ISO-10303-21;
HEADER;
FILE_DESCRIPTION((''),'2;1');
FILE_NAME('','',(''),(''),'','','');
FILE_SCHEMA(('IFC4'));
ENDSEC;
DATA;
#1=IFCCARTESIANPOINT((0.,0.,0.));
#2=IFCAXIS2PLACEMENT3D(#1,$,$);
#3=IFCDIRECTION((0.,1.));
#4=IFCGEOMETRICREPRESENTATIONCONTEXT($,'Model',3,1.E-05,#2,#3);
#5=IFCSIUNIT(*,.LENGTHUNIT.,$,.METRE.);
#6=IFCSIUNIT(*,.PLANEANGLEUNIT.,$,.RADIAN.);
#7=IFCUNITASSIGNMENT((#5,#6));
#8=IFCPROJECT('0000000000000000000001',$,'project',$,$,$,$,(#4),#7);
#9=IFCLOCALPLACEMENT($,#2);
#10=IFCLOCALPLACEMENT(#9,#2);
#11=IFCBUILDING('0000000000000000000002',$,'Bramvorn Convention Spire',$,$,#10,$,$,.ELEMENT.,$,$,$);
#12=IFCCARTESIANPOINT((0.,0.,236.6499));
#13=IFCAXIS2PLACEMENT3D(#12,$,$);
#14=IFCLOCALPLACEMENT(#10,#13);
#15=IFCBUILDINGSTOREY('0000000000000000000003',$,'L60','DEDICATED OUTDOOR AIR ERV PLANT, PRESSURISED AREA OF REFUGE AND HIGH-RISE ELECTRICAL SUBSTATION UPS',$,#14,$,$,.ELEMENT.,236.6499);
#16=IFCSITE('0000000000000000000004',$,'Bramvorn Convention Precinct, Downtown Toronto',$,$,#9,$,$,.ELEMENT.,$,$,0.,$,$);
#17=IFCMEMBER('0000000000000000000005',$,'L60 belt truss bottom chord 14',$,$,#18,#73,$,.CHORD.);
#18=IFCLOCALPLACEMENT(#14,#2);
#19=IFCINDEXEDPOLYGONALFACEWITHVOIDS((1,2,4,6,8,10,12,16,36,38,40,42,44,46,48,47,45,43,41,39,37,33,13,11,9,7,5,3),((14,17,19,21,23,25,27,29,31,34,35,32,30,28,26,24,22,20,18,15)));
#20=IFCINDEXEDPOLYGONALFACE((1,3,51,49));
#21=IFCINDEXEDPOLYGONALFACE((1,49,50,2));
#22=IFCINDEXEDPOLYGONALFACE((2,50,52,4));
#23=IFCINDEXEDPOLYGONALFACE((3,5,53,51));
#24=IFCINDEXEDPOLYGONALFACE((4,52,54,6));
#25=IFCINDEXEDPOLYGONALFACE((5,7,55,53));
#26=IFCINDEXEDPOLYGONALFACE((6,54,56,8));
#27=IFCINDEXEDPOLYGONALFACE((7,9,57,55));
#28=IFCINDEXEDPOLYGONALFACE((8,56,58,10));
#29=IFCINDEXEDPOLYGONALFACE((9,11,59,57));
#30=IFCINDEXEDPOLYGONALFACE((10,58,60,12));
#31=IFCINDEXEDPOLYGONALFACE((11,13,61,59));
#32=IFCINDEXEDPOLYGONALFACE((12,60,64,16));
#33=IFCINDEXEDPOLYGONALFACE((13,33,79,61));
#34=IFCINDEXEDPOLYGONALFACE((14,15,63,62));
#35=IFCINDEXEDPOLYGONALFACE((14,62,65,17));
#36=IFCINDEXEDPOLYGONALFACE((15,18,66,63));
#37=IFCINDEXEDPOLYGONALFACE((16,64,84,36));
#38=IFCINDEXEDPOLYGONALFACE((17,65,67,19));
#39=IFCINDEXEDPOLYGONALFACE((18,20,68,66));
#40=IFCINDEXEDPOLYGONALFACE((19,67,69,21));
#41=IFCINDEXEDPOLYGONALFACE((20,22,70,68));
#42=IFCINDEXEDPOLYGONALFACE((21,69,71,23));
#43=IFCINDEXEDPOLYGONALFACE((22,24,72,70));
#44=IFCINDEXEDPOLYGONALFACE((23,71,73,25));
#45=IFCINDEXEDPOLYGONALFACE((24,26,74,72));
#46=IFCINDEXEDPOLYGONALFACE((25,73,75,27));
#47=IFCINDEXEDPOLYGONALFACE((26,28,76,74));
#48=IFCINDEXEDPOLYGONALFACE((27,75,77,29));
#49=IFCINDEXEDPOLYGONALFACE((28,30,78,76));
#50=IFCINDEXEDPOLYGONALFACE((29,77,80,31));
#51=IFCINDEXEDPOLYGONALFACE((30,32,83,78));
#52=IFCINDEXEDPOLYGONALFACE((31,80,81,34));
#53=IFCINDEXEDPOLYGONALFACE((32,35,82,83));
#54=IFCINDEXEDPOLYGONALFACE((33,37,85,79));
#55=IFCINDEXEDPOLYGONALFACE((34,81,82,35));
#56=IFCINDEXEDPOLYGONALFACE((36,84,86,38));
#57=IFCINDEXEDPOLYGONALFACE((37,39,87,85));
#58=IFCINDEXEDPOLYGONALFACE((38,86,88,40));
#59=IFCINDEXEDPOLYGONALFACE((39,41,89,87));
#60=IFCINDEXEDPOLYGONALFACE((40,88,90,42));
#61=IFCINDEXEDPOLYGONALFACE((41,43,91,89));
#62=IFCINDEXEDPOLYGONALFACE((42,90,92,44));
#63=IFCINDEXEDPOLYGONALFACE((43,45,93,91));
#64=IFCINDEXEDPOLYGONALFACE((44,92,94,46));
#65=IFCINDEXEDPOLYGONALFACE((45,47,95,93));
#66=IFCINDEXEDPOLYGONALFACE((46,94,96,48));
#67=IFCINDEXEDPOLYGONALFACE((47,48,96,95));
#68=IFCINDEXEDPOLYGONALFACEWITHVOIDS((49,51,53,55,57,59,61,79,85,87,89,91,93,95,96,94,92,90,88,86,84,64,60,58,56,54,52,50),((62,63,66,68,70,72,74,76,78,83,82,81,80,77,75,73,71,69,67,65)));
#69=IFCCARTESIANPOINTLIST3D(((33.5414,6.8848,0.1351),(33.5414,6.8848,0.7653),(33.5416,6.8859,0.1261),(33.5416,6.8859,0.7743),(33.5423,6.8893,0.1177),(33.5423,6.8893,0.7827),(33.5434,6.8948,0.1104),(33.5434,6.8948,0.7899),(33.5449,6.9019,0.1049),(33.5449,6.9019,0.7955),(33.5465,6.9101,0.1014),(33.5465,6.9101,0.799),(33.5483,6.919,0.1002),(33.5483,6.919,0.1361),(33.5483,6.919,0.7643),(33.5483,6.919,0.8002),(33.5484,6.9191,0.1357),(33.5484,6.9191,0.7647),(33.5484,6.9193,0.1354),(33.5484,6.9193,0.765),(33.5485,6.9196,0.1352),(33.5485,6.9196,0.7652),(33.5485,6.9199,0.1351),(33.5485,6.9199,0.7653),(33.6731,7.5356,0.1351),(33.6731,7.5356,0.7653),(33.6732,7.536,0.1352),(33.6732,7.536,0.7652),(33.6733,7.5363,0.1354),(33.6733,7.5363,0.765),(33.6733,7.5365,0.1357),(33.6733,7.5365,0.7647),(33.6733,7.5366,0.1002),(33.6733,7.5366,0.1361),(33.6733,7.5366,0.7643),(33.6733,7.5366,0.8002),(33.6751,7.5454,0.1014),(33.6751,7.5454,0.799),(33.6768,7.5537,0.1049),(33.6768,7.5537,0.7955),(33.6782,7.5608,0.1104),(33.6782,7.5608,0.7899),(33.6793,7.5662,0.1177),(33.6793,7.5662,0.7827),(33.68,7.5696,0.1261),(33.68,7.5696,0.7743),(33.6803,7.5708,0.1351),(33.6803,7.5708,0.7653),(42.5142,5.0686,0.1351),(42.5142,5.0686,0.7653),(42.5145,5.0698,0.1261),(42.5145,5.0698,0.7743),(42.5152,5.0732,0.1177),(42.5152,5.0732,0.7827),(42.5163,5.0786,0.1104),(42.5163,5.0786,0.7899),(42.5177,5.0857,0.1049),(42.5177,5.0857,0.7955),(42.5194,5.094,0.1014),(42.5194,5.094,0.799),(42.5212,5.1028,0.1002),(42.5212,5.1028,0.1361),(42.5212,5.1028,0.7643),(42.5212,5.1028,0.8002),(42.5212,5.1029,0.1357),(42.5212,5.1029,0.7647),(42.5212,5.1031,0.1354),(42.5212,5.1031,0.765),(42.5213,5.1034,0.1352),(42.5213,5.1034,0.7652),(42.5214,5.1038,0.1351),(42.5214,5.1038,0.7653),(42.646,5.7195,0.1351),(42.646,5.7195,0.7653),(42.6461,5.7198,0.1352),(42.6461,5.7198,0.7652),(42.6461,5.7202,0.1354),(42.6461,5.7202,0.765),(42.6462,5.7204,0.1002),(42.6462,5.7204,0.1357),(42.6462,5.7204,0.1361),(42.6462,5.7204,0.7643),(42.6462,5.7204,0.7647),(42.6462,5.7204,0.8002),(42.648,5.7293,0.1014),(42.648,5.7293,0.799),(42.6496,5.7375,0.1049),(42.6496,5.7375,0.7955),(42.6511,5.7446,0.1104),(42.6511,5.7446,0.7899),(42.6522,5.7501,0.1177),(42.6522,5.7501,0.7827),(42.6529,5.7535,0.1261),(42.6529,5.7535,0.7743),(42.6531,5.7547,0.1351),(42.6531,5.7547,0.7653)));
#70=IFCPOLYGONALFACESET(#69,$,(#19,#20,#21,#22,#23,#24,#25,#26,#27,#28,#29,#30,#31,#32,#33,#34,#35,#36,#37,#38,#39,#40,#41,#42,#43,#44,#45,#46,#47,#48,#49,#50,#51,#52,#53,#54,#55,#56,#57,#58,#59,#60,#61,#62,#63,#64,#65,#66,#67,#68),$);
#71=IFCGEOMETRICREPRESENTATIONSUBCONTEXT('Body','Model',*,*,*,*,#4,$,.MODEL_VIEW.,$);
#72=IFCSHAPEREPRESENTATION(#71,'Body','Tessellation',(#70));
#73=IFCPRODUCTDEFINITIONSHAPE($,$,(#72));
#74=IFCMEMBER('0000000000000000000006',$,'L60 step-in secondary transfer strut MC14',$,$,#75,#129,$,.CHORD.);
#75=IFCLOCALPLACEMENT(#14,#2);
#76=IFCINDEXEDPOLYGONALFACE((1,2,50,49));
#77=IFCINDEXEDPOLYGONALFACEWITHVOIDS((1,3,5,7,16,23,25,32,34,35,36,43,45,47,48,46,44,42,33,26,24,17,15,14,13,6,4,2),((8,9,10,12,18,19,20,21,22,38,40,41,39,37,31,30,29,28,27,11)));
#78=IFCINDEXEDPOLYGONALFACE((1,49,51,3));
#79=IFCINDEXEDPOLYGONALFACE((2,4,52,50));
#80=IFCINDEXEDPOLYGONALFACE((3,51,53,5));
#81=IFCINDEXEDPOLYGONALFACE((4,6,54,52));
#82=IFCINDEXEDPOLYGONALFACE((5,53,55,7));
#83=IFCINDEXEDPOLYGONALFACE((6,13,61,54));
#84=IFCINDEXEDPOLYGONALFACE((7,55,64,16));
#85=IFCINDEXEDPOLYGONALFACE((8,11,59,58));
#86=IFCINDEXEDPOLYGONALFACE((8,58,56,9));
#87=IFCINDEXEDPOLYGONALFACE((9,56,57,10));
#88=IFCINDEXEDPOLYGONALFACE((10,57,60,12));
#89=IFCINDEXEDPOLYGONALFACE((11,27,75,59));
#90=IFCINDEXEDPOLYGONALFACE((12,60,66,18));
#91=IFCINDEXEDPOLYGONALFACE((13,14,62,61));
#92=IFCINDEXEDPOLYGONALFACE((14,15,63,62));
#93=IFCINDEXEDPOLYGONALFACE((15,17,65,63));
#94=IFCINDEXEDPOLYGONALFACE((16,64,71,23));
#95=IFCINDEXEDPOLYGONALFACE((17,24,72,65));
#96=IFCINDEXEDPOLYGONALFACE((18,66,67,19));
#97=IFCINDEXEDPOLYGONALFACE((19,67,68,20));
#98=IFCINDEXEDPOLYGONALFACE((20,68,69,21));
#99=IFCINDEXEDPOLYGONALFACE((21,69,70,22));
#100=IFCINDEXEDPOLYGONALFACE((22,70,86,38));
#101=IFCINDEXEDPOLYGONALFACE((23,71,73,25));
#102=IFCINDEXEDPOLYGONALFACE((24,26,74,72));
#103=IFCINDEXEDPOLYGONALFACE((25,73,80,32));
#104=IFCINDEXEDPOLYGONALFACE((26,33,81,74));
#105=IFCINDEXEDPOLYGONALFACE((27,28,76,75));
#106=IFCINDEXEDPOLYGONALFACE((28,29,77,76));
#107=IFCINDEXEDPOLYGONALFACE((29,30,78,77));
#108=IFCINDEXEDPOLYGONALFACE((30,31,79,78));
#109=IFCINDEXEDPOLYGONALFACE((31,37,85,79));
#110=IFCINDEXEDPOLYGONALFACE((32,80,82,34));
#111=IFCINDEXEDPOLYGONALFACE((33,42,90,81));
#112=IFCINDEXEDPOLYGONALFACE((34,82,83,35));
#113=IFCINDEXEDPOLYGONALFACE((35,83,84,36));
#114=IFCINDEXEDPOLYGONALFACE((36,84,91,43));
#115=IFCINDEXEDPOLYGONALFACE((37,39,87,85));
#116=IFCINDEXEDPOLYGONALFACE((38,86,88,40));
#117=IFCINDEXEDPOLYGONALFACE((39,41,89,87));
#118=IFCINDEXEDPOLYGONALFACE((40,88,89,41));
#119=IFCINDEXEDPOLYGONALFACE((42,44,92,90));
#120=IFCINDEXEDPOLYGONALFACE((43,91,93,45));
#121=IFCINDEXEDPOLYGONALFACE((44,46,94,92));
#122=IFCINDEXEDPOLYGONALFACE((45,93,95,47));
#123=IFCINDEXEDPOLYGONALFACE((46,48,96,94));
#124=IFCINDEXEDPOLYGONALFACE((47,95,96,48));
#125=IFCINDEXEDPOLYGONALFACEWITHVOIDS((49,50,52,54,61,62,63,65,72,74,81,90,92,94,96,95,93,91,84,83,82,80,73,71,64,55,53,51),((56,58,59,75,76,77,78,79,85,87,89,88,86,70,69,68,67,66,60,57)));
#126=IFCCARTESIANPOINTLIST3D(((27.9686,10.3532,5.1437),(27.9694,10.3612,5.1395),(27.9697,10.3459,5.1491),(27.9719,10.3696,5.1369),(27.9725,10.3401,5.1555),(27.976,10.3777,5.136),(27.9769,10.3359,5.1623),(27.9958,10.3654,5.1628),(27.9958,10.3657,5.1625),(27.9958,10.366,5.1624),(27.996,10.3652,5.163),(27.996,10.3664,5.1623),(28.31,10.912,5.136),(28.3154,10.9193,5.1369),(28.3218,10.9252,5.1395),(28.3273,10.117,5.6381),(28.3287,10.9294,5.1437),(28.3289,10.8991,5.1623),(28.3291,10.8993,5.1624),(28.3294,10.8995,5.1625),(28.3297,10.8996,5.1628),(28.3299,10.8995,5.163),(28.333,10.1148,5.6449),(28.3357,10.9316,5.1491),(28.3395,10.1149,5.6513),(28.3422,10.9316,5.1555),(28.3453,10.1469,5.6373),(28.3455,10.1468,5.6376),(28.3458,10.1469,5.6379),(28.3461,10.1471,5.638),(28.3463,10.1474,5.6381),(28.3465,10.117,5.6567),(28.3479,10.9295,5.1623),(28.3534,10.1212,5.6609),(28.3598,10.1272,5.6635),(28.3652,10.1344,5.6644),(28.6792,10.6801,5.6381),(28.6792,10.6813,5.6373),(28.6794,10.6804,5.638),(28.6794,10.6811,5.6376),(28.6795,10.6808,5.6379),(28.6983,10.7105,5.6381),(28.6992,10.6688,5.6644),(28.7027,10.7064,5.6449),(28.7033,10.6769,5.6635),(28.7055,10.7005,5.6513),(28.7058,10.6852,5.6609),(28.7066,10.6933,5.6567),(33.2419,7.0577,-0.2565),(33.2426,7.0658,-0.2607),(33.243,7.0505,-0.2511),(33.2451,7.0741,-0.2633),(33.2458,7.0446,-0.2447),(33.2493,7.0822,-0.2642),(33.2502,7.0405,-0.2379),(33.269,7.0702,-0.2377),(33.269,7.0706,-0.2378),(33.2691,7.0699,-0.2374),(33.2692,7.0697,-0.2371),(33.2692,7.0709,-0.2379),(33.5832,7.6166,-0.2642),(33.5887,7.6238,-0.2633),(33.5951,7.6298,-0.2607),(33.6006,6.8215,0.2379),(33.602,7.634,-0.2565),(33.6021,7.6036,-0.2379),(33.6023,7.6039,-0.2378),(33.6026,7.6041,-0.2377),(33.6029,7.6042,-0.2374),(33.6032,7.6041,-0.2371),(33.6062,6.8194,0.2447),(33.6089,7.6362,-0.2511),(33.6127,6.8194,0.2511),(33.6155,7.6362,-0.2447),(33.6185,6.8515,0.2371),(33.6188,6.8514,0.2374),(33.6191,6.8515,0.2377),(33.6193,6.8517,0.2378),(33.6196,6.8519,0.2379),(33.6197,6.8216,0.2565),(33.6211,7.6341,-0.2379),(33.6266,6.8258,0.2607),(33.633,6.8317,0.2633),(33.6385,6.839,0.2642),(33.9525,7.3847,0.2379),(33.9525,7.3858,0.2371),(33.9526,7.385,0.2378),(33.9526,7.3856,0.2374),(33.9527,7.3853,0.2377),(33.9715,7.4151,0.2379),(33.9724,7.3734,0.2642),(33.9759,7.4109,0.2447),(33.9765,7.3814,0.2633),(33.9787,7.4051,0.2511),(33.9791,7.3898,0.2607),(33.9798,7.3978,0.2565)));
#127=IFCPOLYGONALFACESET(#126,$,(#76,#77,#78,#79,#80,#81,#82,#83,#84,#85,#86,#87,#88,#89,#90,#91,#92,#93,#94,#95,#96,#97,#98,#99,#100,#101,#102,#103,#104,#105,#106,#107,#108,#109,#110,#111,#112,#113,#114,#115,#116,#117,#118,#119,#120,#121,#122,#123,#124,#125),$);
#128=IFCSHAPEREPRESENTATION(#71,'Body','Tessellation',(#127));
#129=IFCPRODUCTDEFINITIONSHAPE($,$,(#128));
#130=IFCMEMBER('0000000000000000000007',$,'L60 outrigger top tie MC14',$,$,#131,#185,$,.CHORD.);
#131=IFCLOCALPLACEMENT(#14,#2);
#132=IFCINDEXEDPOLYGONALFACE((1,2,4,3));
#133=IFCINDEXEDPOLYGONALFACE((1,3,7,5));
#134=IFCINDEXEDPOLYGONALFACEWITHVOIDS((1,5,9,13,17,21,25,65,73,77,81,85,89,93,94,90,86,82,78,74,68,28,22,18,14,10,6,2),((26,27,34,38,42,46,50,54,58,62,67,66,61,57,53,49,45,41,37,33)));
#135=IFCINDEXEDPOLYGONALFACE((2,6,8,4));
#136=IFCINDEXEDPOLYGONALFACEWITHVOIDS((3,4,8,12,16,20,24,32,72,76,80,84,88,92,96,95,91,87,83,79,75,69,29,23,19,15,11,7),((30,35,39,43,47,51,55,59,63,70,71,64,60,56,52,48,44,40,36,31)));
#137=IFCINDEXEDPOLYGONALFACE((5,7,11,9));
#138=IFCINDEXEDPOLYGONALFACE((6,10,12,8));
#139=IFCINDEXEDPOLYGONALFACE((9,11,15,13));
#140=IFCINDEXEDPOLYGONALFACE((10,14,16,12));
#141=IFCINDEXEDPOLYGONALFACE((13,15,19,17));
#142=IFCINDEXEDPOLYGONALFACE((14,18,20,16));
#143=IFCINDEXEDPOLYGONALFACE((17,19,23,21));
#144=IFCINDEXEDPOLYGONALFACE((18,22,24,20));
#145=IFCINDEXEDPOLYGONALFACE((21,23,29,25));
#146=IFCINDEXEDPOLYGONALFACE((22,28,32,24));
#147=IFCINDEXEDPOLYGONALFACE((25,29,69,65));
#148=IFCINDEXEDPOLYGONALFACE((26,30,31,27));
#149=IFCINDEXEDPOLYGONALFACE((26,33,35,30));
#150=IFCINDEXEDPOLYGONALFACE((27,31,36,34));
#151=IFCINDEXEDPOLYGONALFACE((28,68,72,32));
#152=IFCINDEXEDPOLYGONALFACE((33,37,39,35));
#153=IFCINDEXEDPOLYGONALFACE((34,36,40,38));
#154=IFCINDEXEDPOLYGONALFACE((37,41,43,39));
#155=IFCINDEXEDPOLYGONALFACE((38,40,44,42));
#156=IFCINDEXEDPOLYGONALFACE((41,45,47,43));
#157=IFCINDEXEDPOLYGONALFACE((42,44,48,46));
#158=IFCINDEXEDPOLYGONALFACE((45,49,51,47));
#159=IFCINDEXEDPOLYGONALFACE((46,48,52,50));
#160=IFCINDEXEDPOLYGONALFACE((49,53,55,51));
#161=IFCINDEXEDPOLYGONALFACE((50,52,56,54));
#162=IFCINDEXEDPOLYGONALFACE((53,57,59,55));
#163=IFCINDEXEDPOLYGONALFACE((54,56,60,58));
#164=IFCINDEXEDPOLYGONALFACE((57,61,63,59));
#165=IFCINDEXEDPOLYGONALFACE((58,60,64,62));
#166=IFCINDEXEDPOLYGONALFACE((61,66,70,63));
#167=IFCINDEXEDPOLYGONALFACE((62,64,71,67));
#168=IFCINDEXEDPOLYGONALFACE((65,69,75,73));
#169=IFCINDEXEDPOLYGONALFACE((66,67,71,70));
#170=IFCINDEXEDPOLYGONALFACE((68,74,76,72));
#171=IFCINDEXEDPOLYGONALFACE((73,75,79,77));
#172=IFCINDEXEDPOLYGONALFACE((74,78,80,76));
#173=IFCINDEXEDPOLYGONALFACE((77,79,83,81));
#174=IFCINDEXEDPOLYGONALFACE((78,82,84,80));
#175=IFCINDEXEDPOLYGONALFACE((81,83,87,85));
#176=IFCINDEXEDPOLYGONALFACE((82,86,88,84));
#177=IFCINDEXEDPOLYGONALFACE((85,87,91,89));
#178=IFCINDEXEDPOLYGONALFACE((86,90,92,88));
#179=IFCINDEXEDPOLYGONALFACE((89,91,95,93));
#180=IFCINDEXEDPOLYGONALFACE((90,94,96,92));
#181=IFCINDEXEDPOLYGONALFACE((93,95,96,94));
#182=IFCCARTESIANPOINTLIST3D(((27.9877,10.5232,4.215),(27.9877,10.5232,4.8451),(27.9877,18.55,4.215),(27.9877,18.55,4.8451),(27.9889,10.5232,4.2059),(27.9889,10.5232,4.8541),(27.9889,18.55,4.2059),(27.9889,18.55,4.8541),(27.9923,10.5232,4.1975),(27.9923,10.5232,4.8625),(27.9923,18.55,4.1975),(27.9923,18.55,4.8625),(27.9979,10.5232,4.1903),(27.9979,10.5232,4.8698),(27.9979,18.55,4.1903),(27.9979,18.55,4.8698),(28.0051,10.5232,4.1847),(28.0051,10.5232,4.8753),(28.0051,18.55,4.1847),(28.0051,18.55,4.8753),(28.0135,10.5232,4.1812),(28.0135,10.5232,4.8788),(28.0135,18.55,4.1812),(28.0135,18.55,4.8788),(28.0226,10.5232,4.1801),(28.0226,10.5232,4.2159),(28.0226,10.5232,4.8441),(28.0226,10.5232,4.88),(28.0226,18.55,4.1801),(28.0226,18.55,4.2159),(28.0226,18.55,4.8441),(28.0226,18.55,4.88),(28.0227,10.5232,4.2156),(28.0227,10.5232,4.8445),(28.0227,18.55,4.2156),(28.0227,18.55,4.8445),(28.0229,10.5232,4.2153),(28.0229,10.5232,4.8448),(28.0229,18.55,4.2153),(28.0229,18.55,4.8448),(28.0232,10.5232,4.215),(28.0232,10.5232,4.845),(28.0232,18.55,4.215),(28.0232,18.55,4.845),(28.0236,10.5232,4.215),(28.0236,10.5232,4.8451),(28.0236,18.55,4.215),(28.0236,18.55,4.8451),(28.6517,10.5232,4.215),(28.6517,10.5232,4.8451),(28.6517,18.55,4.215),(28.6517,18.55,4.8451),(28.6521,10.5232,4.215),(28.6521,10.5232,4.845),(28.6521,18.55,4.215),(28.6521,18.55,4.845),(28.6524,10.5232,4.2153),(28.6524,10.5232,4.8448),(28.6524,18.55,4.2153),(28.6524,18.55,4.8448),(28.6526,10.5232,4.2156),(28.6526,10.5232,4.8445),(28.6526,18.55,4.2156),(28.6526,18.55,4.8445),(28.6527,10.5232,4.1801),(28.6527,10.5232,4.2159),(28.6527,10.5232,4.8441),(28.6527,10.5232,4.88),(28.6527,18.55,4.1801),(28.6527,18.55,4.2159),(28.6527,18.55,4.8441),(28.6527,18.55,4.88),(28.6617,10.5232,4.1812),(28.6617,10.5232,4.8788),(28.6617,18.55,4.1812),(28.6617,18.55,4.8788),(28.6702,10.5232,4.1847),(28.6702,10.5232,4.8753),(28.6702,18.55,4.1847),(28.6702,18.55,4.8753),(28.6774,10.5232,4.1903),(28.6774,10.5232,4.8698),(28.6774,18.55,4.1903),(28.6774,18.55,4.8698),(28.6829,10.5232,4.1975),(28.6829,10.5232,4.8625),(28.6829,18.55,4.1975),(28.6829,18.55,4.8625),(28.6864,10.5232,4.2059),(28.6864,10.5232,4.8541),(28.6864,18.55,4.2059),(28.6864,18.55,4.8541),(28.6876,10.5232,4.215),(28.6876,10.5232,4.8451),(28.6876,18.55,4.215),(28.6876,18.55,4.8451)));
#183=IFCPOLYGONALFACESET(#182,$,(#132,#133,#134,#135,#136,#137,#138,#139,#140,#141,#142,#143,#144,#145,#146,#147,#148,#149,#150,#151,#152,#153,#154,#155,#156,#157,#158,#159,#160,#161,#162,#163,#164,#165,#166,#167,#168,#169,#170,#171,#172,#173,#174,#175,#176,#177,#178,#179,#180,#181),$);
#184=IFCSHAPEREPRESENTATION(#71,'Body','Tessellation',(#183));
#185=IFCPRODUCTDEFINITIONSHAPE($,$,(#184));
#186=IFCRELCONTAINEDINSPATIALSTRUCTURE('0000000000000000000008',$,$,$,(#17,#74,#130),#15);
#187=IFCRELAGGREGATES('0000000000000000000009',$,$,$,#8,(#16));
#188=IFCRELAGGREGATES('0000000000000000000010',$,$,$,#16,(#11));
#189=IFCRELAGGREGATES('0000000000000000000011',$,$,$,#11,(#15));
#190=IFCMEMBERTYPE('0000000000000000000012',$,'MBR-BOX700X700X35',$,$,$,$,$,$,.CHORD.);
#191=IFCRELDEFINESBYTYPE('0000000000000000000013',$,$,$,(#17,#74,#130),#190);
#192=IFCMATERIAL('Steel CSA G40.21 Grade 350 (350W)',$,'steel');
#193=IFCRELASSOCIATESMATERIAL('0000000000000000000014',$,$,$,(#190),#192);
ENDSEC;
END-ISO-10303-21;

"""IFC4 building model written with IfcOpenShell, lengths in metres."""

from ifc_helpers import new_model, si_unit, direction, frame, origin, origin_2d, place, context, subcontext, project, spatial, hollow_rectangle, extrude, material, material_profile, profile_set, type_object, element, save


model = new_model("IFC4")

# Units and contexts
model_context = context("Model", 3, precision=1e-05, world=origin(), true_north=direction((0.0, 1.0)))
body_context = subcontext(model_context, "Body", "Model", "MODEL_VIEW")
ifc_project = project(units=[si_unit("LENGTHUNIT", "METRE"), si_unit("PLANEANGLEUNIT", "RADIAN")], contexts=[model_context])

# Site, building, storey
site_placement = place(None, origin())
site = spatial("IfcSite", under=ifc_project, at=site_placement, Name="Bramvorn Convention Precinct, Downtown Toronto", CompositionType="ELEMENT", RefElevation=0.0)
building_placement = place(site_placement, origin())
building = spatial("IfcBuilding", under=site, at=building_placement, Name="Bramvorn Convention Spire", CompositionType="ELEMENT")
storey_placement = place(building_placement, frame((0.0, 0.0, 236.6499)))
storey = spatial("IfcBuildingStorey", under=building, at=storey_placement, Name="L60", Description="DEDICATED OUTDOOR AIR ERV PLANT, PRESSURISED AREA OF REFUGE AND HIGH-RISE ELECTRICAL SUBSTATION UPS", CompositionType="ELEMENT", Elevation=236.6499)

# Shared definitions
ifc_material_1 = material(Name="Steel CSA G40.21 Grade 350 (350W)", Category="steel")

# Members
ifc_material_profile_1 = material_profile(ifc_material_1, hollow_rectangle(XDim=0.7, YDim=0.7, WallThickness=0.0349, InnerFilletRadius=0.001, OuterFilletRadius=0.0349, at=origin_2d()))
ifc_profile_set_1 = profile_set([ifc_material_profile_1], Name="Steel CSA G40.21 Grade 350 (350W) - BOX700X700X35")
member_type_1 = type_object("IfcMemberType", Name="MBR-BOX700X700X35", PredefinedType="CHORD", material=ifc_profile_set_1)
member_1_placement = place(storey_placement, frame((33.6108, 7.2278, 0.4502), z_axis=(0.980125, -0.198382, 0.0), x_axis=(0.198382, 0.980125, 0.0)))
element("IfcMember", 1, at=member_1_placement, inside=storey, type_object=member_type_1, Name="L60 belt truss bottom chord 14", PredefinedType="CHORD", context=body_context, shape_type="SweptSolid", body=[
    extrude(hollow_rectangle(XDim=0.7, YDim=0.7, WallThickness=0.0349, InnerFilletRadius=0.001, OuterFilletRadius=0.0349, at=origin_2d()), origin(), (0.0, 0.0, 1.0), 9.1548),
])
member_2_placement = place(storey_placement, frame((33.6108, 7.2278, 0.0), z_axis=(-0.640279, 0.400134, 0.655694), x_axis=(-0.52996, -0.848023, 0.0)))
element("IfcMember", 2, at=member_2_placement, inside=storey, type_object=member_type_1, Name="L60 step-in secondary transfer strut MC14", PredefinedType="CHORD", context=body_context, shape_type="SweptSolid", body=[
    extrude(hollow_rectangle(XDim=0.7, YDim=0.7, WallThickness=0.0349, InnerFilletRadius=0.001, OuterFilletRadius=0.0349, at=origin_2d()), origin(), (0.0, 0.0, 1.0), 8.2358),
])
member_3_placement = place(storey_placement, frame((28.3376, 18.55, 4.53), z_axis=(0.0, -1.0, 0.0), x_axis=(1.0, 0.0, 0.0)))
element("IfcMember", 3, at=member_3_placement, inside=storey, type_object=member_type_1, Name="L60 outrigger top tie MC14", PredefinedType="CHORD", context=body_context, shape_type="SweptSolid", body=[
    extrude(hollow_rectangle(XDim=0.7, YDim=0.7, WallThickness=0.0349, InnerFilletRadius=0.001, OuterFilletRadius=0.0349, at=origin_2d()), origin(), (0.0, 0.0, 1.0), 8.0269),
])

save(model, "model.ifc")
